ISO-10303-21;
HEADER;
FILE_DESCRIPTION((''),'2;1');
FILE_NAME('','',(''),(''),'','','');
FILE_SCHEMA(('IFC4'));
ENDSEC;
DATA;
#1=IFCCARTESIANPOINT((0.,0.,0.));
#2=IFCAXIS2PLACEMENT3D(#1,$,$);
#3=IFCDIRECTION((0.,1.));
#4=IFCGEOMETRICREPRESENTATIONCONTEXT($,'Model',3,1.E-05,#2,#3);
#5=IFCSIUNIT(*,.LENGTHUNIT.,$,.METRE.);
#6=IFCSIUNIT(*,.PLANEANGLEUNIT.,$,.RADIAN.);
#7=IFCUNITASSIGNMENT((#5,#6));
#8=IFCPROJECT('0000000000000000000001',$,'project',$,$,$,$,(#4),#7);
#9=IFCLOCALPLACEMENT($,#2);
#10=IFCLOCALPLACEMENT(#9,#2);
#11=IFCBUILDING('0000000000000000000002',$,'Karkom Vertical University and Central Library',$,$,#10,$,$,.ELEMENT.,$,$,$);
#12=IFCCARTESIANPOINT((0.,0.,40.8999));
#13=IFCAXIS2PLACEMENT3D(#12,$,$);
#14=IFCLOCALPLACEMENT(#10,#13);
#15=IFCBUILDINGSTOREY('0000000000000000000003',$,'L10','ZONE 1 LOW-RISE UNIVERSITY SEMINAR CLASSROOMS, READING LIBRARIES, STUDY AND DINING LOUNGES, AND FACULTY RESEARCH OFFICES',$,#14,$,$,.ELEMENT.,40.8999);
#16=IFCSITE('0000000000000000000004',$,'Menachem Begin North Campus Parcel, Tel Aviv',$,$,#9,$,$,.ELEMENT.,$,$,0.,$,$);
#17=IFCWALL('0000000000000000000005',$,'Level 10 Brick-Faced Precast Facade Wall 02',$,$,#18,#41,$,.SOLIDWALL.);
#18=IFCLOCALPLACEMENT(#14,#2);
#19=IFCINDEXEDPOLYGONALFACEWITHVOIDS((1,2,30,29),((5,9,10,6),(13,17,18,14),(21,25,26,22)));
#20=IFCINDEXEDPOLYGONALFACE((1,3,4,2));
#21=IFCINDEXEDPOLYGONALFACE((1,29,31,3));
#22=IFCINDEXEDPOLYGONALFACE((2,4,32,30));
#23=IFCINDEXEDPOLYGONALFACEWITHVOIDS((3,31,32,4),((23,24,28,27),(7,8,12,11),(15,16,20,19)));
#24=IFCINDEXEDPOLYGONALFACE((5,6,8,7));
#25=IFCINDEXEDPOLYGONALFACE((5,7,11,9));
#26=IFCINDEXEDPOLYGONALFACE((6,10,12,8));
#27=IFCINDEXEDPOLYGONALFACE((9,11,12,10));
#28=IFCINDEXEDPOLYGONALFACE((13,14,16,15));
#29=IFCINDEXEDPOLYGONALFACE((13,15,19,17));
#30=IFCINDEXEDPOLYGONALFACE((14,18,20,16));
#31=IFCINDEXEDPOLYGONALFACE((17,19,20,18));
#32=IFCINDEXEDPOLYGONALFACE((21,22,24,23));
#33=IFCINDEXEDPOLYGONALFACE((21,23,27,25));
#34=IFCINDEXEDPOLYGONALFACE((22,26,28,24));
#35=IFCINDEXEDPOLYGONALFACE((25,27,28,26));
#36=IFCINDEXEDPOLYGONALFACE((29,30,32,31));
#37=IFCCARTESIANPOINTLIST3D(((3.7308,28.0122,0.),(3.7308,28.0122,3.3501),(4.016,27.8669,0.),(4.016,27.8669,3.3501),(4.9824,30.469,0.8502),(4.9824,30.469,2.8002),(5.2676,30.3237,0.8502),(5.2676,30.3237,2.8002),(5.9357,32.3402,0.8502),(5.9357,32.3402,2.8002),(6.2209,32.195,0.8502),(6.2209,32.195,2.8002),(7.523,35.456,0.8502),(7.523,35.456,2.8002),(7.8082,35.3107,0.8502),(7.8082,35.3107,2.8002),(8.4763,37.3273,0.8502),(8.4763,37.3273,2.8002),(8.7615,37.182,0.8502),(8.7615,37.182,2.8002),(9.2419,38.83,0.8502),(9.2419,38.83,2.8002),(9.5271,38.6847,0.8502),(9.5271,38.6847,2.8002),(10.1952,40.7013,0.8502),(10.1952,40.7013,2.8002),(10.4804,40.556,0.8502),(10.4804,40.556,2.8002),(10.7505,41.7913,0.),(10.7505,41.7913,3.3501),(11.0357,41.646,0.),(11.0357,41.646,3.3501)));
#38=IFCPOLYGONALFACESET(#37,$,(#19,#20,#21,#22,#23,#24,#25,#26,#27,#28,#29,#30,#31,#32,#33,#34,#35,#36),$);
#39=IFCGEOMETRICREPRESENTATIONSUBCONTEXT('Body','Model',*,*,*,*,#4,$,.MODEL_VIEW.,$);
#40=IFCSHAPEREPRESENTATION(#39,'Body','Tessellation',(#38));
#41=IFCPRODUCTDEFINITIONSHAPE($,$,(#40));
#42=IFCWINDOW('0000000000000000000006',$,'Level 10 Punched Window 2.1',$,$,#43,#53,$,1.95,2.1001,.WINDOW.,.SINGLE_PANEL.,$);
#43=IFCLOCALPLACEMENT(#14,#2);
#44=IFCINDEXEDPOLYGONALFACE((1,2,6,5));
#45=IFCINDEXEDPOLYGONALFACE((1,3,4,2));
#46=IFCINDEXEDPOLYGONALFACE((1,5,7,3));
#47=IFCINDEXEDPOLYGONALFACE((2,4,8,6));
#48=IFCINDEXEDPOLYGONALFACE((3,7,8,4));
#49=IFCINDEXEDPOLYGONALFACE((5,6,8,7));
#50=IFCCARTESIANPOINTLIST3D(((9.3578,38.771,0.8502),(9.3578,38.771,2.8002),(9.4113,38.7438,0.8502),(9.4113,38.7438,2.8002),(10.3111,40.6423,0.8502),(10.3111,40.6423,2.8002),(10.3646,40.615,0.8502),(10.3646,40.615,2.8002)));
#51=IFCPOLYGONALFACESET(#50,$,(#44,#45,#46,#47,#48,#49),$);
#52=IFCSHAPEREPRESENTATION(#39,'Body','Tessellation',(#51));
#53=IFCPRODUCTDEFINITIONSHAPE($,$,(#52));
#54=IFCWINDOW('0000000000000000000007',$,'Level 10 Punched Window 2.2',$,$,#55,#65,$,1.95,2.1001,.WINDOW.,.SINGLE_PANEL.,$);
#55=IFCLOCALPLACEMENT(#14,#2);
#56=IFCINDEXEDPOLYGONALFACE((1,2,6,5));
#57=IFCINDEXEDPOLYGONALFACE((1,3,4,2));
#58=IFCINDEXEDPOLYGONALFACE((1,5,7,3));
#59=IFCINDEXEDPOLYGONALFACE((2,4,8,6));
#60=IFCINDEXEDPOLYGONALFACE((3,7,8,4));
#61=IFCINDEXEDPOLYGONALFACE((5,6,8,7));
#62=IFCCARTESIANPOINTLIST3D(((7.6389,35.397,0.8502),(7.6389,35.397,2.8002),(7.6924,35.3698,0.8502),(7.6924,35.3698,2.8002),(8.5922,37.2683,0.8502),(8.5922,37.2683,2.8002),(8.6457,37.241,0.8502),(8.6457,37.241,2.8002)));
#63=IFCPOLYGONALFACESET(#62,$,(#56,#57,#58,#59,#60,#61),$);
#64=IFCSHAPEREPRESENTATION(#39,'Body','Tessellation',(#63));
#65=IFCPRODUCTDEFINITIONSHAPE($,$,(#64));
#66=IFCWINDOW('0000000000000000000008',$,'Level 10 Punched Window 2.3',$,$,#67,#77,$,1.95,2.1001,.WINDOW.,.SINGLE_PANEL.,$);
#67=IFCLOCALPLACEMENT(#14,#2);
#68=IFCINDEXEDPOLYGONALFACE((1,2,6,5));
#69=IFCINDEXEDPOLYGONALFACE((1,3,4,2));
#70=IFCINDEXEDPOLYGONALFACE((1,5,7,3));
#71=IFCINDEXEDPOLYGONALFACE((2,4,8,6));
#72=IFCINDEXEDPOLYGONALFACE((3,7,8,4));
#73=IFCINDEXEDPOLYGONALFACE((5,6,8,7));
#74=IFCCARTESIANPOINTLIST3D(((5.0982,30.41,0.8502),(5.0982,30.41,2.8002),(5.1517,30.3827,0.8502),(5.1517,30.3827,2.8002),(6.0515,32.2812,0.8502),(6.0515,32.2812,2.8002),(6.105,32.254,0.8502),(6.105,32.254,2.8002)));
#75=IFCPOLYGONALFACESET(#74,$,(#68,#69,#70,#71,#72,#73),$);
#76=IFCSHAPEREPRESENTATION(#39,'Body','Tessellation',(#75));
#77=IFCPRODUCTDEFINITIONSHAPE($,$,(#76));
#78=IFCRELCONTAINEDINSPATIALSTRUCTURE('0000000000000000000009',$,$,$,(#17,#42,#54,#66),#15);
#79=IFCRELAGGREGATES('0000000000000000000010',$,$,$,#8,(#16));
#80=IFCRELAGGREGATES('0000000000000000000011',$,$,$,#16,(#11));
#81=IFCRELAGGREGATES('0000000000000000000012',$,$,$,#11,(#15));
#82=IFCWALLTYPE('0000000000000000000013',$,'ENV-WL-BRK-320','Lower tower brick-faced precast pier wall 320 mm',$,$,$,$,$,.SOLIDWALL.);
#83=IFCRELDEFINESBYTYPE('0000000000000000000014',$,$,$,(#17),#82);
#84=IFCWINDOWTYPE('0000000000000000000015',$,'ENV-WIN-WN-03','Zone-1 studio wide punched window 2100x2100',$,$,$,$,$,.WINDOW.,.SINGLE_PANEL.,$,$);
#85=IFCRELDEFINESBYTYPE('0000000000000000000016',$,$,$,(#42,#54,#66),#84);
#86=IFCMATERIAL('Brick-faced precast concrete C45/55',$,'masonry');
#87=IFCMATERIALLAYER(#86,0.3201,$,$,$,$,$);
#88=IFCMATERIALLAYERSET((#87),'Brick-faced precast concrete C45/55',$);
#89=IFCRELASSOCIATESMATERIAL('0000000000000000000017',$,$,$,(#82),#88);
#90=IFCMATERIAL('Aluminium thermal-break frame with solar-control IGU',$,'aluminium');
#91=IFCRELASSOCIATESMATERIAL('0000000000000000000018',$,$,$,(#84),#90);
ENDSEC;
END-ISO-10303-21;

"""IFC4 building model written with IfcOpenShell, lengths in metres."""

from ifc_helpers import new_model, si_unit, direction, frame, frame_2d, origin, origin_with_axes, place, context, subcontext, project, spatial, rectangle, extrude, source, transform, mapped, material, layer, layer_set, type_object, element, fill, save


model = new_model("IFC4")

# Units and contexts
model_context = context("Model", 3, precision=1e-05, world=origin(), true_north=direction((0.0, 1.0)))
body_context = subcontext(model_context, "Body", "Model", "MODEL_VIEW")
ifc_project = project(units=[si_unit("LENGTHUNIT", "METRE"), si_unit("PLANEANGLEUNIT", "RADIAN")], contexts=[model_context])

# Site, building, storey
site_placement = place(None, origin())
site = spatial("IfcSite", under=ifc_project, at=site_placement, Name="Menachem Begin North Campus Parcel, Tel Aviv", CompositionType="ELEMENT", RefElevation=0.0)
building_placement = place(site_placement, origin())
building = spatial("IfcBuilding", under=site, at=building_placement, Name="Karkom Vertical University and Central Library", CompositionType="ELEMENT")
storey_placement = place(building_placement, frame((0.0, 0.0, 40.8999)))
storey = spatial("IfcBuildingStorey", under=building, at=storey_placement, Name="L10", Description="ZONE 1 LOW-RISE UNIVERSITY SEMINAR CLASSROOMS, READING LIBRARIES, STUDY AND DINING LOUNGES, AND FACULTY RESEARCH OFFICES", CompositionType="ELEMENT", Elevation=40.8999)

# Wall, openings, windows
ifc_material_1 = material(Name="Brick-faced precast concrete C45/55", Category="masonry")
ifc_layer_1 = layer(ifc_material_1, 0.3201)
ifc_layer_set_1 = layer_set([ifc_layer_1], Name="Brick-faced precast concrete C45/55")
wall_type_1 = type_object("IfcWallType", Name="ENV-WL-BRK-320", Description="Lower tower brick-faced precast pier wall 320 mm", PredefinedType="SOLIDWALL", material=ifc_layer_set_1)
wall_1_placement = place(storey_placement, frame((10.8931, 41.7185, 0.0), z_axis=(0.0, 0.0, 1.0), x_axis=(-0.453939, -0.891033, 0.0)))
wall_1 = element("IfcWall", 1, at=wall_1_placement, inside=storey, type_object=wall_type_1, Name="Level 10 Brick-Faced Precast Facade Wall 02", PredefinedType="SOLIDWALL", context=body_context, shape_type="SweptSolid", body=[
    extrude(rectangle(XDim=15.4641, YDim=0.3201, at=frame_2d((7.7319, 0.0))), origin(), (0.0, 0.0, 1.0), 3.3501),
])
opening_1_placement = place(wall_1_placement, frame((1.2231, 0.0, 0.8501)))
opening_1 = element("IfcOpeningElement", 2, at=opening_1_placement, cuts=wall_1, PredefinedType="OPENING", context=body_context, shape_type="SweptSolid", body=[
    extrude(rectangle(XDim=2.1001, YDim=1.95, at=frame_2d((1.05, 0.9751))), frame((0.0, 0.1699, 0.0), z_axis=(0.0, -1.0, 0.0), x_axis=(1.0, 0.0, 0.0)), (0.0, 0.0, 1.0), 0.3401),
])
opening_2_placement = place(wall_1_placement, frame((5.0098, 0.0, 0.8501)))
opening_2 = element("IfcOpeningElement", 3, at=opening_2_placement, cuts=wall_1, PredefinedType="OPENING", context=body_context, shape_type="SweptSolid", body=[
    extrude(rectangle(XDim=2.1001, YDim=1.95, at=frame_2d((1.05, 0.9751))), frame((0.0, 0.1699, 0.0), z_axis=(0.0, -1.0, 0.0), x_axis=(1.0, 0.0, 0.0)), (0.0, 0.0, 1.0), 0.3401),
])
opening_3_placement = place(wall_1_placement, frame((10.6067, 0.0, 0.8501)))
opening_3 = element("IfcOpeningElement", 4, at=opening_3_placement, cuts=wall_1, PredefinedType="OPENING", context=body_context, shape_type="SweptSolid", body=[
    extrude(rectangle(XDim=2.1001, YDim=1.95, at=frame_2d((1.05, 0.9751))), frame((0.0, 0.1699, 0.0), z_axis=(0.0, -1.0, 0.0), x_axis=(1.0, 0.0, 0.0)), (0.0, 0.0, 1.0), 0.3401),
])
ifc_material_2 = material(Name="Aluminium thermal-break frame with solar-control IGU", Category="aluminium")
window_type = type_object("IfcWindowType", Name="ENV-WIN-WN-03", Description="Zone-1 studio wide punched window 2100x2100", PartitioningType="SINGLE_PANEL", PredefinedType="WINDOW", material=ifc_material_2)
shared_shape_1 = source(origin_with_axes(), body_context, "Body", "SweptSolid", [
    extrude(rectangle(XDim=2.1001, YDim=1.95, at=frame_2d((1.05, 0.9751))), frame((0.0, 0.03, 0.0), z_axis=(0.0, -1.0, 0.0), x_axis=(1.0, 0.0, 0.0)), (0.0, 0.0, 1.0), 0.0601),
])
window_1_placement = place(opening_1_placement, origin())
window_1 = element("IfcWindow", 5, at=window_1_placement, inside=storey, type_object=window_type, Name="Level 10 Punched Window 2.1", OverallHeight=1.95, OverallWidth=2.1001, PartitioningType="SINGLE_PANEL", PredefinedType="WINDOW", context=body_context, shape_type="MappedRepresentation", body=[
    mapped(shared_shape_1, transform((0.0, 0.0, 0.0), scale=1.0)),
])
fill(opening_1, window_1)
window_2_placement = place(opening_2_placement, origin())
window_2 = element("IfcWindow", 6, at=window_2_placement, inside=storey, type_object=window_type, Name="Level 10 Punched Window 2.2", OverallHeight=1.95, OverallWidth=2.1001, PartitioningType="SINGLE_PANEL", PredefinedType="WINDOW", context=body_context, shape_type="MappedRepresentation", body=[
    mapped(shared_shape_1, transform((0.0, 0.0, 0.0), scale=1.0)),
])
fill(opening_2, window_2)
window_3_placement = place(opening_3_placement, origin())
window_3 = element("IfcWindow", 7, at=window_3_placement, inside=storey, type_object=window_type, Name="Level 10 Punched Window 2.3", OverallHeight=1.95, OverallWidth=2.1001, PartitioningType="SINGLE_PANEL", PredefinedType="WINDOW", context=body_context, shape_type="MappedRepresentation", body=[
    mapped(shared_shape_1, transform((0.0, 0.0, 0.0), scale=1.0)),
])
fill(opening_3, window_3)

save(model, "model.ifc")
